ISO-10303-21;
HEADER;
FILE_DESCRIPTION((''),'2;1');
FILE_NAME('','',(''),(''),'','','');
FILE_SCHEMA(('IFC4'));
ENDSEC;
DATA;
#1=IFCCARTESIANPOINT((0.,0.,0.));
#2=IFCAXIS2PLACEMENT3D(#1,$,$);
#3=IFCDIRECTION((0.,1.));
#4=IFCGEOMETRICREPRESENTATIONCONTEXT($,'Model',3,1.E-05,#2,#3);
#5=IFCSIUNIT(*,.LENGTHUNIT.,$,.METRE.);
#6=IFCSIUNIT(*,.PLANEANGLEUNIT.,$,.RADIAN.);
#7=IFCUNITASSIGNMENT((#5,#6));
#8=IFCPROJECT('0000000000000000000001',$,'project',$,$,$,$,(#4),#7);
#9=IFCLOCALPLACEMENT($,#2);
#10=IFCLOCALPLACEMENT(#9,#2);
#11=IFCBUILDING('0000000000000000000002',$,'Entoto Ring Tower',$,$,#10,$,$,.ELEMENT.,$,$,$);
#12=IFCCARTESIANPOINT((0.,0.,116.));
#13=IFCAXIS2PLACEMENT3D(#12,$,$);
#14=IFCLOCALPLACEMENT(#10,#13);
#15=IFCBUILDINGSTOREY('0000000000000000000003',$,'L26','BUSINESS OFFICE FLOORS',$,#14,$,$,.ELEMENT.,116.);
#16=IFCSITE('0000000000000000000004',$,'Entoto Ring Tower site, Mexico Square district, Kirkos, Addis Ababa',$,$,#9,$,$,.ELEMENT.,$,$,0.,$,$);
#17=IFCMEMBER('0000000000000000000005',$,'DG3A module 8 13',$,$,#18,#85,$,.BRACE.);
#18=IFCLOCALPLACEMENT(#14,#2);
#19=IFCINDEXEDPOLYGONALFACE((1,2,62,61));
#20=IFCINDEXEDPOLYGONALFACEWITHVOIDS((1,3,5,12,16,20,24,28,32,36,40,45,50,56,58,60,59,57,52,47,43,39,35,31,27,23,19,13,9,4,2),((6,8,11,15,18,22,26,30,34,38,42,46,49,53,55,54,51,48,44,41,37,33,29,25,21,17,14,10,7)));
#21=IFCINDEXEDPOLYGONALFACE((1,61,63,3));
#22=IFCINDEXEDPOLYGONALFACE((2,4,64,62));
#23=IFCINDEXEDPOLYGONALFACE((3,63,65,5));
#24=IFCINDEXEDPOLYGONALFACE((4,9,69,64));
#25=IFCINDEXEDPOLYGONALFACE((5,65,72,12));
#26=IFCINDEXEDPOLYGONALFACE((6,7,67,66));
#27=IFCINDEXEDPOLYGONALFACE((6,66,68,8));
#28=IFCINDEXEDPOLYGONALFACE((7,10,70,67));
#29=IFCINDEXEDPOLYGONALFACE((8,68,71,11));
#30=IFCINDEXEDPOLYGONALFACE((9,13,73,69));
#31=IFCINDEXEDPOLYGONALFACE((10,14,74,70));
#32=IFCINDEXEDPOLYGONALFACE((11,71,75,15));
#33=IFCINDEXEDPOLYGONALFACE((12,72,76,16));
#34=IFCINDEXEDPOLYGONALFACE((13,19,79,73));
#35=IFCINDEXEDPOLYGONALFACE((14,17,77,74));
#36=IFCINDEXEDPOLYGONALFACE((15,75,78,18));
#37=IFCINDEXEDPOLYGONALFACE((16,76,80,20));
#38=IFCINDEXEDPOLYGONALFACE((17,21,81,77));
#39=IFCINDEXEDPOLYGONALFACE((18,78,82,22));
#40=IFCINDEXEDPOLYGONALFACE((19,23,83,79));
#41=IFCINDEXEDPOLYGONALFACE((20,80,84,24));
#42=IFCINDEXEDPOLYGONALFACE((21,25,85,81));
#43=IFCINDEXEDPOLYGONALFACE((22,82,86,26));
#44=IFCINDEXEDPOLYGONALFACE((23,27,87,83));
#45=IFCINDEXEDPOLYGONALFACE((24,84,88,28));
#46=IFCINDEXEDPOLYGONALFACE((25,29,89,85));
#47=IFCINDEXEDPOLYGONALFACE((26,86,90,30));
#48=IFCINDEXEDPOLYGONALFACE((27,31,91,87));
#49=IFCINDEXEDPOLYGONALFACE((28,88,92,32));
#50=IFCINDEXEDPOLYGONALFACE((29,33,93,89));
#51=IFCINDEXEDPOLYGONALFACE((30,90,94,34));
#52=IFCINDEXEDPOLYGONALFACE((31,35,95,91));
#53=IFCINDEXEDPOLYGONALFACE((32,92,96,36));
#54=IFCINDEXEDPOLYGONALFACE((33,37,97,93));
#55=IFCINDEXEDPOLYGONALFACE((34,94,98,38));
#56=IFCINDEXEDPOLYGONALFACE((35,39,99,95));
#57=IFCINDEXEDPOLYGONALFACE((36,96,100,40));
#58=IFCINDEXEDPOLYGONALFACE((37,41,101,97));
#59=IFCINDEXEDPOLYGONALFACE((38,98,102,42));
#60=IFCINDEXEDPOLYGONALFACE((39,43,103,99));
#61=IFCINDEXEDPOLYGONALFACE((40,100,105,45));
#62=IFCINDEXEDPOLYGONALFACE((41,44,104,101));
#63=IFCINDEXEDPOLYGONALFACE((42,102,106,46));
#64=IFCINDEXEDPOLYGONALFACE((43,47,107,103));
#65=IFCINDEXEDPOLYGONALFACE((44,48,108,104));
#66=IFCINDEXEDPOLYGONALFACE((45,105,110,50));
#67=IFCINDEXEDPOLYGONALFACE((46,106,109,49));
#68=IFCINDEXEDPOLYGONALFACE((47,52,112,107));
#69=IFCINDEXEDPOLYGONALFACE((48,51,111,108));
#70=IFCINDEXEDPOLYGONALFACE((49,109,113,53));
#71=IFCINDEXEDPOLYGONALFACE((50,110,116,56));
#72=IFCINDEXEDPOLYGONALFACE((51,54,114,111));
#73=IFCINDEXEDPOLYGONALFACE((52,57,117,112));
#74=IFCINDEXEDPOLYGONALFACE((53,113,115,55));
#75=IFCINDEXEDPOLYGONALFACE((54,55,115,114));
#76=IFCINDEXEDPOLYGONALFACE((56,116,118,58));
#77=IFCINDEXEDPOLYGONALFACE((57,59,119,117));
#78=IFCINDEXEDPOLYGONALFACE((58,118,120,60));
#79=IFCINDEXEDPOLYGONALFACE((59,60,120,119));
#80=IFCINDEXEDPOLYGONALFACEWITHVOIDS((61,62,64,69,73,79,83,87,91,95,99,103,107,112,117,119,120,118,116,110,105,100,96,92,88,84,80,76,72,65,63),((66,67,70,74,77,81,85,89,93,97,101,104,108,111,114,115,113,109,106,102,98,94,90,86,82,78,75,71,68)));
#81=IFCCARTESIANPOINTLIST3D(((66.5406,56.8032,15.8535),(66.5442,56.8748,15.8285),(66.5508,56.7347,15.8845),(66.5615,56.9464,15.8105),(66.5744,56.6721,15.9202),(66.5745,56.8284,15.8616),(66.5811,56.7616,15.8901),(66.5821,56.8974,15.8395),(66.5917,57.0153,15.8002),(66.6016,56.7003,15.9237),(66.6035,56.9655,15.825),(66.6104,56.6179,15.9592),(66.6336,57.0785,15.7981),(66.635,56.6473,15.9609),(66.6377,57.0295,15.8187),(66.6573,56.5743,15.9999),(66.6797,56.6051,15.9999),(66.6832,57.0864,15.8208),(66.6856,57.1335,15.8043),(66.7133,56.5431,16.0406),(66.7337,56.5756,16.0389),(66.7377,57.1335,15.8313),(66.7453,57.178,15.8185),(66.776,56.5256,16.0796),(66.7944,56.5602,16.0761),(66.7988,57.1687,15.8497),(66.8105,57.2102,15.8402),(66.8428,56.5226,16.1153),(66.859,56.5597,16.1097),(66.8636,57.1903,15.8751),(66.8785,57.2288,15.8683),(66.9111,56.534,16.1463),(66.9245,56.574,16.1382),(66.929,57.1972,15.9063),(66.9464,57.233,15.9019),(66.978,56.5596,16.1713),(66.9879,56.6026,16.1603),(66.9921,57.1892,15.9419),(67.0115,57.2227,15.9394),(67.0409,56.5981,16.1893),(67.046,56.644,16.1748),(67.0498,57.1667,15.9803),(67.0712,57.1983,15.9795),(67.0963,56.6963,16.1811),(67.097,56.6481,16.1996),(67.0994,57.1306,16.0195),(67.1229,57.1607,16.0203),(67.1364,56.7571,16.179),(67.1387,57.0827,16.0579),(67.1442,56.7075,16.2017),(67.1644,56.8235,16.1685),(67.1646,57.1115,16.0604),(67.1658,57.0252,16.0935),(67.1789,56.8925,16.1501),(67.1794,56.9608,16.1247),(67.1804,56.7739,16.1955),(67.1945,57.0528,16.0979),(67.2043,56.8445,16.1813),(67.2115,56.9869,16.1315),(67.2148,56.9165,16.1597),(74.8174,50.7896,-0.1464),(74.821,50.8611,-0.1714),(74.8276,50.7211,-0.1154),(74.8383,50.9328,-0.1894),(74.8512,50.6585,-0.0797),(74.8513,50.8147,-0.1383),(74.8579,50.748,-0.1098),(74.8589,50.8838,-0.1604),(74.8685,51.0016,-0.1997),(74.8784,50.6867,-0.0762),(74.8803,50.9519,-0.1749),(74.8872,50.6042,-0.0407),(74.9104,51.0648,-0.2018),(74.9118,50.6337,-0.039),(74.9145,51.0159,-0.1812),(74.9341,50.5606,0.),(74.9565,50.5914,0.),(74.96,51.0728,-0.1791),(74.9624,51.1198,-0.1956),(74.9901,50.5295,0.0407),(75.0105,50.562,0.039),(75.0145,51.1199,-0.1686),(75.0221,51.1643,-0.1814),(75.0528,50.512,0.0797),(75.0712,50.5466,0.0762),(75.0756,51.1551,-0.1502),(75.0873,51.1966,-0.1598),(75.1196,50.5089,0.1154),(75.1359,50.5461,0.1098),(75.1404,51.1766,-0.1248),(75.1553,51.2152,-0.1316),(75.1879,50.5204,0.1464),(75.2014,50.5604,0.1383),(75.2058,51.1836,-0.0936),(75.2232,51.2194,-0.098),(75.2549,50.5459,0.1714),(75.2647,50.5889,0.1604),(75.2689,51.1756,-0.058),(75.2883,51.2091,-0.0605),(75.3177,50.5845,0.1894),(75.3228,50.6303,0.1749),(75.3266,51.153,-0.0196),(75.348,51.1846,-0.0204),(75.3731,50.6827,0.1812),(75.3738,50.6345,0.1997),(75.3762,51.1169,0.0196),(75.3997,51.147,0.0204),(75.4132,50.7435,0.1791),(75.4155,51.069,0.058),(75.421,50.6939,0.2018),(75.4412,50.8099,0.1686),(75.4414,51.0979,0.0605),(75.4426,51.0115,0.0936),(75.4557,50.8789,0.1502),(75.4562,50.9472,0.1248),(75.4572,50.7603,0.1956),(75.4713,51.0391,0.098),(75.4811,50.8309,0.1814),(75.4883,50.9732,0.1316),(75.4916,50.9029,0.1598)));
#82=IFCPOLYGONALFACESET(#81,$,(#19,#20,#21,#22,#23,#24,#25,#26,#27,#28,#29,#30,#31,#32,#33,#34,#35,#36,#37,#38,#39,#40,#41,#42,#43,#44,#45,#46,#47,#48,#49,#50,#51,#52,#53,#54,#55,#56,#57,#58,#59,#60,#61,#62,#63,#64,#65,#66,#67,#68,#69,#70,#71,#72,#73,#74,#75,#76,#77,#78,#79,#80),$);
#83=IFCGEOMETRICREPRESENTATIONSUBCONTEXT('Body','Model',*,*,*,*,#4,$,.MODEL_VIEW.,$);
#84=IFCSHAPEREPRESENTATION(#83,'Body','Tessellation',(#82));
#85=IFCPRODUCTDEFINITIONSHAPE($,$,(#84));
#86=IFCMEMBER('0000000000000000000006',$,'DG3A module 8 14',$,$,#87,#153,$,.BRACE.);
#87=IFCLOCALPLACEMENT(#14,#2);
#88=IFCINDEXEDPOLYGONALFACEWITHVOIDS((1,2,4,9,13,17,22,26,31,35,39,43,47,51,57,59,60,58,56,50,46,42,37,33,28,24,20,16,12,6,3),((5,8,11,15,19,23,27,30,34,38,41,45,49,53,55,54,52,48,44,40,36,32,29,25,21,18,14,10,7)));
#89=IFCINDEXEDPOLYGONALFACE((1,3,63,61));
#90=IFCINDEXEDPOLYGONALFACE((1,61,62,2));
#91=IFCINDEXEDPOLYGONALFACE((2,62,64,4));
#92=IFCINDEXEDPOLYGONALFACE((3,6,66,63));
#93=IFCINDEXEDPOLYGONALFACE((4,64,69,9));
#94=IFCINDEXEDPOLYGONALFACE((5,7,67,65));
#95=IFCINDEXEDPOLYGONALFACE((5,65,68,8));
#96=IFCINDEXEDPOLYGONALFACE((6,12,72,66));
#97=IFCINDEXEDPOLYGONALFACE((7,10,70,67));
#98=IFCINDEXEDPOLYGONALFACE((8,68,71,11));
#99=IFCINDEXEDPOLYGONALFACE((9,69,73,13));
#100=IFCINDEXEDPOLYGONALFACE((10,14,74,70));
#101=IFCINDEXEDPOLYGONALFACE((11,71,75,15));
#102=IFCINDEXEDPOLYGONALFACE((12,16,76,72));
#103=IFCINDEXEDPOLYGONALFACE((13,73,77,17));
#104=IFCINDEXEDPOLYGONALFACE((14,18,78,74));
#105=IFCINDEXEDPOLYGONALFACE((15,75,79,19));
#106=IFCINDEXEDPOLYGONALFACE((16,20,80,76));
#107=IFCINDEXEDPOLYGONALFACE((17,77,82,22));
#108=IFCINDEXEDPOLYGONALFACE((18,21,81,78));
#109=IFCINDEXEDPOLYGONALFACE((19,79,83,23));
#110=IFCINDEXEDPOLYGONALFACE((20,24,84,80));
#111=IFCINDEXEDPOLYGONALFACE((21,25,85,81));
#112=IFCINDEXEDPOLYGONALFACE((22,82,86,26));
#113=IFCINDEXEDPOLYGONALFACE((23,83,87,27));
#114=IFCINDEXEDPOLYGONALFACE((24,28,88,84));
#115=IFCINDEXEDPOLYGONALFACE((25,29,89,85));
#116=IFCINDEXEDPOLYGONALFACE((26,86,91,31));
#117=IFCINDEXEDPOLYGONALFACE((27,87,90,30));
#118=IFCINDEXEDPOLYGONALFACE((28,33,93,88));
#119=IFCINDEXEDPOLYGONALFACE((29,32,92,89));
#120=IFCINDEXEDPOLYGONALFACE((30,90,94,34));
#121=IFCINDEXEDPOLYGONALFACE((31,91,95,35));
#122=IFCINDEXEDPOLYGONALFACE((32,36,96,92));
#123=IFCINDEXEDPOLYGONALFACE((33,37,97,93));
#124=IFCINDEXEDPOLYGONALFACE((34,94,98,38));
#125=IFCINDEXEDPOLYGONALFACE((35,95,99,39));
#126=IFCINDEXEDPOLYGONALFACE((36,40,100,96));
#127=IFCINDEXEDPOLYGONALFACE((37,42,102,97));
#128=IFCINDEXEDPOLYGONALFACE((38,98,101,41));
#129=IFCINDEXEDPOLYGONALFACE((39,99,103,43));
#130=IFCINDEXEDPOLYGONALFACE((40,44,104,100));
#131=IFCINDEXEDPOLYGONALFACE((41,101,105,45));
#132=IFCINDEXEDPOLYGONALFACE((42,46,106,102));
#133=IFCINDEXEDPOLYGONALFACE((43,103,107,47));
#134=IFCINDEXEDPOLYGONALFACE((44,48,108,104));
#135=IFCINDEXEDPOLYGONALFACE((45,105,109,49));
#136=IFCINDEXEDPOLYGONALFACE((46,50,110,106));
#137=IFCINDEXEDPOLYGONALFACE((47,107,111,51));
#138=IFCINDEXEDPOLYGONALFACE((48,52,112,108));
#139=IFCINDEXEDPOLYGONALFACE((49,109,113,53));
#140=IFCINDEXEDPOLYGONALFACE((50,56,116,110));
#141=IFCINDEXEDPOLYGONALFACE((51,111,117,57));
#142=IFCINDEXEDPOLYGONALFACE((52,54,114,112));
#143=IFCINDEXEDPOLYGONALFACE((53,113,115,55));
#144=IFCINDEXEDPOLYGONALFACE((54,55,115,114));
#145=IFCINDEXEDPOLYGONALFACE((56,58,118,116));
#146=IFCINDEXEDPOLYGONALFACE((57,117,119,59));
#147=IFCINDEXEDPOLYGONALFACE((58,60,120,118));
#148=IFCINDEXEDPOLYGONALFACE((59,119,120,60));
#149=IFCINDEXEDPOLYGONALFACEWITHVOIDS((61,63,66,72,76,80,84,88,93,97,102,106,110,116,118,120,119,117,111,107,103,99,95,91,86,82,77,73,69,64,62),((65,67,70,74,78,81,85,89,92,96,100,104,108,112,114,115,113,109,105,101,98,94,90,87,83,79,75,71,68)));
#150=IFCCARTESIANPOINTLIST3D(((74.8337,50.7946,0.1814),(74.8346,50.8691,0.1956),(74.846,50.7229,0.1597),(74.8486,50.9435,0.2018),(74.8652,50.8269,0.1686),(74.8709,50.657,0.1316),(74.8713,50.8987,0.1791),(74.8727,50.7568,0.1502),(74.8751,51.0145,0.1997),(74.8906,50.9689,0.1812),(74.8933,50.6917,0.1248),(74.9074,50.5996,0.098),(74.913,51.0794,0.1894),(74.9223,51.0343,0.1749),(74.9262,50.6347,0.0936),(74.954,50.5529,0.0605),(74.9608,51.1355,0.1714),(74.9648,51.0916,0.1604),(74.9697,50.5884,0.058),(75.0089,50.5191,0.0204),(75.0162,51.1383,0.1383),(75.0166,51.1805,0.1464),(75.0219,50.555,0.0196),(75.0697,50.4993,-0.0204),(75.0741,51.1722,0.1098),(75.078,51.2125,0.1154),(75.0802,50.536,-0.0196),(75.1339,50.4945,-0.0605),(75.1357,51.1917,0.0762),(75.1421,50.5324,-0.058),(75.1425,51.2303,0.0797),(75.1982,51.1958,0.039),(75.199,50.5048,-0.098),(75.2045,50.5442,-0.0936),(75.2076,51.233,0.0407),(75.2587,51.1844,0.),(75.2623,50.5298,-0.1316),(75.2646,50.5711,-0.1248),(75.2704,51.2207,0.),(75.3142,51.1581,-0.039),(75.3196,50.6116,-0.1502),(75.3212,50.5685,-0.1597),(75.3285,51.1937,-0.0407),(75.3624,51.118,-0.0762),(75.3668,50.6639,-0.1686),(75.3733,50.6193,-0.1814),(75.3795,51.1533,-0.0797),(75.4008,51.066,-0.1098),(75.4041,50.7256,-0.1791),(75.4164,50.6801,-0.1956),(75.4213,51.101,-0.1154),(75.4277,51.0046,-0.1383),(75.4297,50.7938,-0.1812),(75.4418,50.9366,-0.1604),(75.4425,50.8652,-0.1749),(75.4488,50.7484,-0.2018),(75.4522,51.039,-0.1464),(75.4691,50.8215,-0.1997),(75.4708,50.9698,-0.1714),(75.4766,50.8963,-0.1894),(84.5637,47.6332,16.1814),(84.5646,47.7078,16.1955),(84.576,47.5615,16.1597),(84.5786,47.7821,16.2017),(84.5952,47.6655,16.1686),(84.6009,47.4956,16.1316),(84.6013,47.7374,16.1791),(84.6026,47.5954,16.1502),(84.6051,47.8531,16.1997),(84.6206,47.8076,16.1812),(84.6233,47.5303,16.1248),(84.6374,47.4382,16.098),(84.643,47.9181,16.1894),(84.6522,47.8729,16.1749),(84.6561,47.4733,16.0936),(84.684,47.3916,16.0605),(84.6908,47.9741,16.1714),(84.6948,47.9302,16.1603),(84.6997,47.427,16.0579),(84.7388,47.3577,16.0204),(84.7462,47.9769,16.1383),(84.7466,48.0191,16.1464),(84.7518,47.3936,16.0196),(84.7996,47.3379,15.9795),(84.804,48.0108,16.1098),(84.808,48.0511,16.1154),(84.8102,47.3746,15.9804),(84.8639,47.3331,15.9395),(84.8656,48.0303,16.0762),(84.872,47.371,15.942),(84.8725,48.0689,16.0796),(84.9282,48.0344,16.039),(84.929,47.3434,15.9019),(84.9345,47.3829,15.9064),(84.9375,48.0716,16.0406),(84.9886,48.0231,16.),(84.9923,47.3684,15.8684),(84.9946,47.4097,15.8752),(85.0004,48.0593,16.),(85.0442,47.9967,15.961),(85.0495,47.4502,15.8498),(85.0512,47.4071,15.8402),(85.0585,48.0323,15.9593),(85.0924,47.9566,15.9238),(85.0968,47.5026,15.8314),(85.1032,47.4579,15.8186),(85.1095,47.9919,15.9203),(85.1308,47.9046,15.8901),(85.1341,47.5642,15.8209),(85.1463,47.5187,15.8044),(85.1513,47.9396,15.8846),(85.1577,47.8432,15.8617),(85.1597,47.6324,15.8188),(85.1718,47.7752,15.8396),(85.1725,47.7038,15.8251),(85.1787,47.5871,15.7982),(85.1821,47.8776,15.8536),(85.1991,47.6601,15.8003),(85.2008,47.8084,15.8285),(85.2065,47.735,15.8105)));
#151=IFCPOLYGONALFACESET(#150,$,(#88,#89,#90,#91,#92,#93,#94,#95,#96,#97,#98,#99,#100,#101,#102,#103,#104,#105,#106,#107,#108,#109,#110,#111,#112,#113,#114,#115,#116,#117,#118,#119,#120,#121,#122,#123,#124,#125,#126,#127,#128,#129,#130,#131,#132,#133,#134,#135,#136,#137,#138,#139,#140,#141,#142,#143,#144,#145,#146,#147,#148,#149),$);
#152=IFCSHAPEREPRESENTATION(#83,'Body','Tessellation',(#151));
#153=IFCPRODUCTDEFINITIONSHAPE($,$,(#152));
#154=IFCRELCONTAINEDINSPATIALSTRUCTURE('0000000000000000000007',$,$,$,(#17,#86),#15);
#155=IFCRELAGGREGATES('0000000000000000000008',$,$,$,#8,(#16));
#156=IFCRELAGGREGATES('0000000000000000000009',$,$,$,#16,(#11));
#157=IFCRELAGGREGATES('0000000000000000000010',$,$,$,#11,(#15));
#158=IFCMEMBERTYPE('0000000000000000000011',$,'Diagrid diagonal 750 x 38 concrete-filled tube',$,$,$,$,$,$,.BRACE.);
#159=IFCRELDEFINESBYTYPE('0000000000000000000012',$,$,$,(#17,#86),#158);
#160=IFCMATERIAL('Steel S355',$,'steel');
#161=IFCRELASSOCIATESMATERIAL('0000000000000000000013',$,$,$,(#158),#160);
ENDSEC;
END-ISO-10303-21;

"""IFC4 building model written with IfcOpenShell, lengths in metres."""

from ifc_helpers import new_model, si_unit, direction, frame, origin, origin_2d, place, context, subcontext, project, spatial, circle, hollow_circle, extrude, material, material_profile, profile_set, type_object, element, save


model = new_model("IFC4")

# Units and contexts
model_context = context("Model", 3, precision=1e-05, world=origin(), true_north=direction((0.0, 1.0)))
body_context = subcontext(model_context, "Body", "Model", "MODEL_VIEW")
ifc_project = project(units=[si_unit("LENGTHUNIT", "METRE"), si_unit("PLANEANGLEUNIT", "RADIAN")], contexts=[model_context])

# Site, building, storey
site_placement = place(None, origin())
site = spatial("IfcSite", under=ifc_project, at=site_placement, Name="Entoto Ring Tower site, Mexico Square district, Kirkos, Addis Ababa", CompositionType="ELEMENT", RefElevation=0.0)
building_placement = place(site_placement, origin())
building = spatial("IfcBuilding", under=site, at=building_placement, Name="Entoto Ring Tower", CompositionType="ELEMENT")
storey_placement = place(building_placement, frame((0.0, 0.0, 116.0)))
storey = spatial("IfcBuildingStorey", under=building, at=storey_placement, Name="L26", Description="BUSINESS OFFICE FLOORS", CompositionType="ELEMENT", Elevation=116.0)

# Members
ifc_material_1 = material(Name="Steel S355", Category="steel")
ifc_material_profile_1 = material_profile(ifc_material_1, hollow_circle(Radius=0.375, WallThickness=0.0381, at=origin_2d()), Name="CHS 750 x 38")
ifc_material_2 = material(Name="Concrete C60/75", Category="concrete")
ifc_material_profile_2 = material_profile(ifc_material_2, circle(Radius=0.3369, at=origin_2d()), Name="Concrete C60/75 infill")
ifc_profile_set_1 = profile_set([ifc_material_profile_1, ifc_material_profile_2], Name="Steel S355")
member_type_1 = type_object("IfcMemberType", Name="Diagrid diagonal 750 x 38 concrete-filled tube", PredefinedType="BRACE", material=ifc_profile_set_1)
for number, where, z_axis, x_axis, name in (
    (1, (75.1545, 50.864, 0.0), (-0.435823, 0.316654, 0.84249), (-0.587797, -0.809008, 0.0), "DG3A module 8 13"),
    (2, (75.1545, 50.864, 0.0), (0.512341, -0.166465, 0.842494), (0.309009, 0.951059, 0.0), "DG3A module 8 14"),
):
    element("IfcMember", number, at=place(storey_placement, frame(where, z_axis=z_axis, x_axis=x_axis)), inside=storey, type_object=member_type_1, Name=name, PredefinedType="BRACE", context=body_context, shape_type="SweptSolid", body=[
        extrude(hollow_circle(Radius=0.375, WallThickness=0.0381, at=origin_2d()), origin(), (0.0, 0.0, 1.0), 18.9912),
    ])

save(model, "model.ifc")
